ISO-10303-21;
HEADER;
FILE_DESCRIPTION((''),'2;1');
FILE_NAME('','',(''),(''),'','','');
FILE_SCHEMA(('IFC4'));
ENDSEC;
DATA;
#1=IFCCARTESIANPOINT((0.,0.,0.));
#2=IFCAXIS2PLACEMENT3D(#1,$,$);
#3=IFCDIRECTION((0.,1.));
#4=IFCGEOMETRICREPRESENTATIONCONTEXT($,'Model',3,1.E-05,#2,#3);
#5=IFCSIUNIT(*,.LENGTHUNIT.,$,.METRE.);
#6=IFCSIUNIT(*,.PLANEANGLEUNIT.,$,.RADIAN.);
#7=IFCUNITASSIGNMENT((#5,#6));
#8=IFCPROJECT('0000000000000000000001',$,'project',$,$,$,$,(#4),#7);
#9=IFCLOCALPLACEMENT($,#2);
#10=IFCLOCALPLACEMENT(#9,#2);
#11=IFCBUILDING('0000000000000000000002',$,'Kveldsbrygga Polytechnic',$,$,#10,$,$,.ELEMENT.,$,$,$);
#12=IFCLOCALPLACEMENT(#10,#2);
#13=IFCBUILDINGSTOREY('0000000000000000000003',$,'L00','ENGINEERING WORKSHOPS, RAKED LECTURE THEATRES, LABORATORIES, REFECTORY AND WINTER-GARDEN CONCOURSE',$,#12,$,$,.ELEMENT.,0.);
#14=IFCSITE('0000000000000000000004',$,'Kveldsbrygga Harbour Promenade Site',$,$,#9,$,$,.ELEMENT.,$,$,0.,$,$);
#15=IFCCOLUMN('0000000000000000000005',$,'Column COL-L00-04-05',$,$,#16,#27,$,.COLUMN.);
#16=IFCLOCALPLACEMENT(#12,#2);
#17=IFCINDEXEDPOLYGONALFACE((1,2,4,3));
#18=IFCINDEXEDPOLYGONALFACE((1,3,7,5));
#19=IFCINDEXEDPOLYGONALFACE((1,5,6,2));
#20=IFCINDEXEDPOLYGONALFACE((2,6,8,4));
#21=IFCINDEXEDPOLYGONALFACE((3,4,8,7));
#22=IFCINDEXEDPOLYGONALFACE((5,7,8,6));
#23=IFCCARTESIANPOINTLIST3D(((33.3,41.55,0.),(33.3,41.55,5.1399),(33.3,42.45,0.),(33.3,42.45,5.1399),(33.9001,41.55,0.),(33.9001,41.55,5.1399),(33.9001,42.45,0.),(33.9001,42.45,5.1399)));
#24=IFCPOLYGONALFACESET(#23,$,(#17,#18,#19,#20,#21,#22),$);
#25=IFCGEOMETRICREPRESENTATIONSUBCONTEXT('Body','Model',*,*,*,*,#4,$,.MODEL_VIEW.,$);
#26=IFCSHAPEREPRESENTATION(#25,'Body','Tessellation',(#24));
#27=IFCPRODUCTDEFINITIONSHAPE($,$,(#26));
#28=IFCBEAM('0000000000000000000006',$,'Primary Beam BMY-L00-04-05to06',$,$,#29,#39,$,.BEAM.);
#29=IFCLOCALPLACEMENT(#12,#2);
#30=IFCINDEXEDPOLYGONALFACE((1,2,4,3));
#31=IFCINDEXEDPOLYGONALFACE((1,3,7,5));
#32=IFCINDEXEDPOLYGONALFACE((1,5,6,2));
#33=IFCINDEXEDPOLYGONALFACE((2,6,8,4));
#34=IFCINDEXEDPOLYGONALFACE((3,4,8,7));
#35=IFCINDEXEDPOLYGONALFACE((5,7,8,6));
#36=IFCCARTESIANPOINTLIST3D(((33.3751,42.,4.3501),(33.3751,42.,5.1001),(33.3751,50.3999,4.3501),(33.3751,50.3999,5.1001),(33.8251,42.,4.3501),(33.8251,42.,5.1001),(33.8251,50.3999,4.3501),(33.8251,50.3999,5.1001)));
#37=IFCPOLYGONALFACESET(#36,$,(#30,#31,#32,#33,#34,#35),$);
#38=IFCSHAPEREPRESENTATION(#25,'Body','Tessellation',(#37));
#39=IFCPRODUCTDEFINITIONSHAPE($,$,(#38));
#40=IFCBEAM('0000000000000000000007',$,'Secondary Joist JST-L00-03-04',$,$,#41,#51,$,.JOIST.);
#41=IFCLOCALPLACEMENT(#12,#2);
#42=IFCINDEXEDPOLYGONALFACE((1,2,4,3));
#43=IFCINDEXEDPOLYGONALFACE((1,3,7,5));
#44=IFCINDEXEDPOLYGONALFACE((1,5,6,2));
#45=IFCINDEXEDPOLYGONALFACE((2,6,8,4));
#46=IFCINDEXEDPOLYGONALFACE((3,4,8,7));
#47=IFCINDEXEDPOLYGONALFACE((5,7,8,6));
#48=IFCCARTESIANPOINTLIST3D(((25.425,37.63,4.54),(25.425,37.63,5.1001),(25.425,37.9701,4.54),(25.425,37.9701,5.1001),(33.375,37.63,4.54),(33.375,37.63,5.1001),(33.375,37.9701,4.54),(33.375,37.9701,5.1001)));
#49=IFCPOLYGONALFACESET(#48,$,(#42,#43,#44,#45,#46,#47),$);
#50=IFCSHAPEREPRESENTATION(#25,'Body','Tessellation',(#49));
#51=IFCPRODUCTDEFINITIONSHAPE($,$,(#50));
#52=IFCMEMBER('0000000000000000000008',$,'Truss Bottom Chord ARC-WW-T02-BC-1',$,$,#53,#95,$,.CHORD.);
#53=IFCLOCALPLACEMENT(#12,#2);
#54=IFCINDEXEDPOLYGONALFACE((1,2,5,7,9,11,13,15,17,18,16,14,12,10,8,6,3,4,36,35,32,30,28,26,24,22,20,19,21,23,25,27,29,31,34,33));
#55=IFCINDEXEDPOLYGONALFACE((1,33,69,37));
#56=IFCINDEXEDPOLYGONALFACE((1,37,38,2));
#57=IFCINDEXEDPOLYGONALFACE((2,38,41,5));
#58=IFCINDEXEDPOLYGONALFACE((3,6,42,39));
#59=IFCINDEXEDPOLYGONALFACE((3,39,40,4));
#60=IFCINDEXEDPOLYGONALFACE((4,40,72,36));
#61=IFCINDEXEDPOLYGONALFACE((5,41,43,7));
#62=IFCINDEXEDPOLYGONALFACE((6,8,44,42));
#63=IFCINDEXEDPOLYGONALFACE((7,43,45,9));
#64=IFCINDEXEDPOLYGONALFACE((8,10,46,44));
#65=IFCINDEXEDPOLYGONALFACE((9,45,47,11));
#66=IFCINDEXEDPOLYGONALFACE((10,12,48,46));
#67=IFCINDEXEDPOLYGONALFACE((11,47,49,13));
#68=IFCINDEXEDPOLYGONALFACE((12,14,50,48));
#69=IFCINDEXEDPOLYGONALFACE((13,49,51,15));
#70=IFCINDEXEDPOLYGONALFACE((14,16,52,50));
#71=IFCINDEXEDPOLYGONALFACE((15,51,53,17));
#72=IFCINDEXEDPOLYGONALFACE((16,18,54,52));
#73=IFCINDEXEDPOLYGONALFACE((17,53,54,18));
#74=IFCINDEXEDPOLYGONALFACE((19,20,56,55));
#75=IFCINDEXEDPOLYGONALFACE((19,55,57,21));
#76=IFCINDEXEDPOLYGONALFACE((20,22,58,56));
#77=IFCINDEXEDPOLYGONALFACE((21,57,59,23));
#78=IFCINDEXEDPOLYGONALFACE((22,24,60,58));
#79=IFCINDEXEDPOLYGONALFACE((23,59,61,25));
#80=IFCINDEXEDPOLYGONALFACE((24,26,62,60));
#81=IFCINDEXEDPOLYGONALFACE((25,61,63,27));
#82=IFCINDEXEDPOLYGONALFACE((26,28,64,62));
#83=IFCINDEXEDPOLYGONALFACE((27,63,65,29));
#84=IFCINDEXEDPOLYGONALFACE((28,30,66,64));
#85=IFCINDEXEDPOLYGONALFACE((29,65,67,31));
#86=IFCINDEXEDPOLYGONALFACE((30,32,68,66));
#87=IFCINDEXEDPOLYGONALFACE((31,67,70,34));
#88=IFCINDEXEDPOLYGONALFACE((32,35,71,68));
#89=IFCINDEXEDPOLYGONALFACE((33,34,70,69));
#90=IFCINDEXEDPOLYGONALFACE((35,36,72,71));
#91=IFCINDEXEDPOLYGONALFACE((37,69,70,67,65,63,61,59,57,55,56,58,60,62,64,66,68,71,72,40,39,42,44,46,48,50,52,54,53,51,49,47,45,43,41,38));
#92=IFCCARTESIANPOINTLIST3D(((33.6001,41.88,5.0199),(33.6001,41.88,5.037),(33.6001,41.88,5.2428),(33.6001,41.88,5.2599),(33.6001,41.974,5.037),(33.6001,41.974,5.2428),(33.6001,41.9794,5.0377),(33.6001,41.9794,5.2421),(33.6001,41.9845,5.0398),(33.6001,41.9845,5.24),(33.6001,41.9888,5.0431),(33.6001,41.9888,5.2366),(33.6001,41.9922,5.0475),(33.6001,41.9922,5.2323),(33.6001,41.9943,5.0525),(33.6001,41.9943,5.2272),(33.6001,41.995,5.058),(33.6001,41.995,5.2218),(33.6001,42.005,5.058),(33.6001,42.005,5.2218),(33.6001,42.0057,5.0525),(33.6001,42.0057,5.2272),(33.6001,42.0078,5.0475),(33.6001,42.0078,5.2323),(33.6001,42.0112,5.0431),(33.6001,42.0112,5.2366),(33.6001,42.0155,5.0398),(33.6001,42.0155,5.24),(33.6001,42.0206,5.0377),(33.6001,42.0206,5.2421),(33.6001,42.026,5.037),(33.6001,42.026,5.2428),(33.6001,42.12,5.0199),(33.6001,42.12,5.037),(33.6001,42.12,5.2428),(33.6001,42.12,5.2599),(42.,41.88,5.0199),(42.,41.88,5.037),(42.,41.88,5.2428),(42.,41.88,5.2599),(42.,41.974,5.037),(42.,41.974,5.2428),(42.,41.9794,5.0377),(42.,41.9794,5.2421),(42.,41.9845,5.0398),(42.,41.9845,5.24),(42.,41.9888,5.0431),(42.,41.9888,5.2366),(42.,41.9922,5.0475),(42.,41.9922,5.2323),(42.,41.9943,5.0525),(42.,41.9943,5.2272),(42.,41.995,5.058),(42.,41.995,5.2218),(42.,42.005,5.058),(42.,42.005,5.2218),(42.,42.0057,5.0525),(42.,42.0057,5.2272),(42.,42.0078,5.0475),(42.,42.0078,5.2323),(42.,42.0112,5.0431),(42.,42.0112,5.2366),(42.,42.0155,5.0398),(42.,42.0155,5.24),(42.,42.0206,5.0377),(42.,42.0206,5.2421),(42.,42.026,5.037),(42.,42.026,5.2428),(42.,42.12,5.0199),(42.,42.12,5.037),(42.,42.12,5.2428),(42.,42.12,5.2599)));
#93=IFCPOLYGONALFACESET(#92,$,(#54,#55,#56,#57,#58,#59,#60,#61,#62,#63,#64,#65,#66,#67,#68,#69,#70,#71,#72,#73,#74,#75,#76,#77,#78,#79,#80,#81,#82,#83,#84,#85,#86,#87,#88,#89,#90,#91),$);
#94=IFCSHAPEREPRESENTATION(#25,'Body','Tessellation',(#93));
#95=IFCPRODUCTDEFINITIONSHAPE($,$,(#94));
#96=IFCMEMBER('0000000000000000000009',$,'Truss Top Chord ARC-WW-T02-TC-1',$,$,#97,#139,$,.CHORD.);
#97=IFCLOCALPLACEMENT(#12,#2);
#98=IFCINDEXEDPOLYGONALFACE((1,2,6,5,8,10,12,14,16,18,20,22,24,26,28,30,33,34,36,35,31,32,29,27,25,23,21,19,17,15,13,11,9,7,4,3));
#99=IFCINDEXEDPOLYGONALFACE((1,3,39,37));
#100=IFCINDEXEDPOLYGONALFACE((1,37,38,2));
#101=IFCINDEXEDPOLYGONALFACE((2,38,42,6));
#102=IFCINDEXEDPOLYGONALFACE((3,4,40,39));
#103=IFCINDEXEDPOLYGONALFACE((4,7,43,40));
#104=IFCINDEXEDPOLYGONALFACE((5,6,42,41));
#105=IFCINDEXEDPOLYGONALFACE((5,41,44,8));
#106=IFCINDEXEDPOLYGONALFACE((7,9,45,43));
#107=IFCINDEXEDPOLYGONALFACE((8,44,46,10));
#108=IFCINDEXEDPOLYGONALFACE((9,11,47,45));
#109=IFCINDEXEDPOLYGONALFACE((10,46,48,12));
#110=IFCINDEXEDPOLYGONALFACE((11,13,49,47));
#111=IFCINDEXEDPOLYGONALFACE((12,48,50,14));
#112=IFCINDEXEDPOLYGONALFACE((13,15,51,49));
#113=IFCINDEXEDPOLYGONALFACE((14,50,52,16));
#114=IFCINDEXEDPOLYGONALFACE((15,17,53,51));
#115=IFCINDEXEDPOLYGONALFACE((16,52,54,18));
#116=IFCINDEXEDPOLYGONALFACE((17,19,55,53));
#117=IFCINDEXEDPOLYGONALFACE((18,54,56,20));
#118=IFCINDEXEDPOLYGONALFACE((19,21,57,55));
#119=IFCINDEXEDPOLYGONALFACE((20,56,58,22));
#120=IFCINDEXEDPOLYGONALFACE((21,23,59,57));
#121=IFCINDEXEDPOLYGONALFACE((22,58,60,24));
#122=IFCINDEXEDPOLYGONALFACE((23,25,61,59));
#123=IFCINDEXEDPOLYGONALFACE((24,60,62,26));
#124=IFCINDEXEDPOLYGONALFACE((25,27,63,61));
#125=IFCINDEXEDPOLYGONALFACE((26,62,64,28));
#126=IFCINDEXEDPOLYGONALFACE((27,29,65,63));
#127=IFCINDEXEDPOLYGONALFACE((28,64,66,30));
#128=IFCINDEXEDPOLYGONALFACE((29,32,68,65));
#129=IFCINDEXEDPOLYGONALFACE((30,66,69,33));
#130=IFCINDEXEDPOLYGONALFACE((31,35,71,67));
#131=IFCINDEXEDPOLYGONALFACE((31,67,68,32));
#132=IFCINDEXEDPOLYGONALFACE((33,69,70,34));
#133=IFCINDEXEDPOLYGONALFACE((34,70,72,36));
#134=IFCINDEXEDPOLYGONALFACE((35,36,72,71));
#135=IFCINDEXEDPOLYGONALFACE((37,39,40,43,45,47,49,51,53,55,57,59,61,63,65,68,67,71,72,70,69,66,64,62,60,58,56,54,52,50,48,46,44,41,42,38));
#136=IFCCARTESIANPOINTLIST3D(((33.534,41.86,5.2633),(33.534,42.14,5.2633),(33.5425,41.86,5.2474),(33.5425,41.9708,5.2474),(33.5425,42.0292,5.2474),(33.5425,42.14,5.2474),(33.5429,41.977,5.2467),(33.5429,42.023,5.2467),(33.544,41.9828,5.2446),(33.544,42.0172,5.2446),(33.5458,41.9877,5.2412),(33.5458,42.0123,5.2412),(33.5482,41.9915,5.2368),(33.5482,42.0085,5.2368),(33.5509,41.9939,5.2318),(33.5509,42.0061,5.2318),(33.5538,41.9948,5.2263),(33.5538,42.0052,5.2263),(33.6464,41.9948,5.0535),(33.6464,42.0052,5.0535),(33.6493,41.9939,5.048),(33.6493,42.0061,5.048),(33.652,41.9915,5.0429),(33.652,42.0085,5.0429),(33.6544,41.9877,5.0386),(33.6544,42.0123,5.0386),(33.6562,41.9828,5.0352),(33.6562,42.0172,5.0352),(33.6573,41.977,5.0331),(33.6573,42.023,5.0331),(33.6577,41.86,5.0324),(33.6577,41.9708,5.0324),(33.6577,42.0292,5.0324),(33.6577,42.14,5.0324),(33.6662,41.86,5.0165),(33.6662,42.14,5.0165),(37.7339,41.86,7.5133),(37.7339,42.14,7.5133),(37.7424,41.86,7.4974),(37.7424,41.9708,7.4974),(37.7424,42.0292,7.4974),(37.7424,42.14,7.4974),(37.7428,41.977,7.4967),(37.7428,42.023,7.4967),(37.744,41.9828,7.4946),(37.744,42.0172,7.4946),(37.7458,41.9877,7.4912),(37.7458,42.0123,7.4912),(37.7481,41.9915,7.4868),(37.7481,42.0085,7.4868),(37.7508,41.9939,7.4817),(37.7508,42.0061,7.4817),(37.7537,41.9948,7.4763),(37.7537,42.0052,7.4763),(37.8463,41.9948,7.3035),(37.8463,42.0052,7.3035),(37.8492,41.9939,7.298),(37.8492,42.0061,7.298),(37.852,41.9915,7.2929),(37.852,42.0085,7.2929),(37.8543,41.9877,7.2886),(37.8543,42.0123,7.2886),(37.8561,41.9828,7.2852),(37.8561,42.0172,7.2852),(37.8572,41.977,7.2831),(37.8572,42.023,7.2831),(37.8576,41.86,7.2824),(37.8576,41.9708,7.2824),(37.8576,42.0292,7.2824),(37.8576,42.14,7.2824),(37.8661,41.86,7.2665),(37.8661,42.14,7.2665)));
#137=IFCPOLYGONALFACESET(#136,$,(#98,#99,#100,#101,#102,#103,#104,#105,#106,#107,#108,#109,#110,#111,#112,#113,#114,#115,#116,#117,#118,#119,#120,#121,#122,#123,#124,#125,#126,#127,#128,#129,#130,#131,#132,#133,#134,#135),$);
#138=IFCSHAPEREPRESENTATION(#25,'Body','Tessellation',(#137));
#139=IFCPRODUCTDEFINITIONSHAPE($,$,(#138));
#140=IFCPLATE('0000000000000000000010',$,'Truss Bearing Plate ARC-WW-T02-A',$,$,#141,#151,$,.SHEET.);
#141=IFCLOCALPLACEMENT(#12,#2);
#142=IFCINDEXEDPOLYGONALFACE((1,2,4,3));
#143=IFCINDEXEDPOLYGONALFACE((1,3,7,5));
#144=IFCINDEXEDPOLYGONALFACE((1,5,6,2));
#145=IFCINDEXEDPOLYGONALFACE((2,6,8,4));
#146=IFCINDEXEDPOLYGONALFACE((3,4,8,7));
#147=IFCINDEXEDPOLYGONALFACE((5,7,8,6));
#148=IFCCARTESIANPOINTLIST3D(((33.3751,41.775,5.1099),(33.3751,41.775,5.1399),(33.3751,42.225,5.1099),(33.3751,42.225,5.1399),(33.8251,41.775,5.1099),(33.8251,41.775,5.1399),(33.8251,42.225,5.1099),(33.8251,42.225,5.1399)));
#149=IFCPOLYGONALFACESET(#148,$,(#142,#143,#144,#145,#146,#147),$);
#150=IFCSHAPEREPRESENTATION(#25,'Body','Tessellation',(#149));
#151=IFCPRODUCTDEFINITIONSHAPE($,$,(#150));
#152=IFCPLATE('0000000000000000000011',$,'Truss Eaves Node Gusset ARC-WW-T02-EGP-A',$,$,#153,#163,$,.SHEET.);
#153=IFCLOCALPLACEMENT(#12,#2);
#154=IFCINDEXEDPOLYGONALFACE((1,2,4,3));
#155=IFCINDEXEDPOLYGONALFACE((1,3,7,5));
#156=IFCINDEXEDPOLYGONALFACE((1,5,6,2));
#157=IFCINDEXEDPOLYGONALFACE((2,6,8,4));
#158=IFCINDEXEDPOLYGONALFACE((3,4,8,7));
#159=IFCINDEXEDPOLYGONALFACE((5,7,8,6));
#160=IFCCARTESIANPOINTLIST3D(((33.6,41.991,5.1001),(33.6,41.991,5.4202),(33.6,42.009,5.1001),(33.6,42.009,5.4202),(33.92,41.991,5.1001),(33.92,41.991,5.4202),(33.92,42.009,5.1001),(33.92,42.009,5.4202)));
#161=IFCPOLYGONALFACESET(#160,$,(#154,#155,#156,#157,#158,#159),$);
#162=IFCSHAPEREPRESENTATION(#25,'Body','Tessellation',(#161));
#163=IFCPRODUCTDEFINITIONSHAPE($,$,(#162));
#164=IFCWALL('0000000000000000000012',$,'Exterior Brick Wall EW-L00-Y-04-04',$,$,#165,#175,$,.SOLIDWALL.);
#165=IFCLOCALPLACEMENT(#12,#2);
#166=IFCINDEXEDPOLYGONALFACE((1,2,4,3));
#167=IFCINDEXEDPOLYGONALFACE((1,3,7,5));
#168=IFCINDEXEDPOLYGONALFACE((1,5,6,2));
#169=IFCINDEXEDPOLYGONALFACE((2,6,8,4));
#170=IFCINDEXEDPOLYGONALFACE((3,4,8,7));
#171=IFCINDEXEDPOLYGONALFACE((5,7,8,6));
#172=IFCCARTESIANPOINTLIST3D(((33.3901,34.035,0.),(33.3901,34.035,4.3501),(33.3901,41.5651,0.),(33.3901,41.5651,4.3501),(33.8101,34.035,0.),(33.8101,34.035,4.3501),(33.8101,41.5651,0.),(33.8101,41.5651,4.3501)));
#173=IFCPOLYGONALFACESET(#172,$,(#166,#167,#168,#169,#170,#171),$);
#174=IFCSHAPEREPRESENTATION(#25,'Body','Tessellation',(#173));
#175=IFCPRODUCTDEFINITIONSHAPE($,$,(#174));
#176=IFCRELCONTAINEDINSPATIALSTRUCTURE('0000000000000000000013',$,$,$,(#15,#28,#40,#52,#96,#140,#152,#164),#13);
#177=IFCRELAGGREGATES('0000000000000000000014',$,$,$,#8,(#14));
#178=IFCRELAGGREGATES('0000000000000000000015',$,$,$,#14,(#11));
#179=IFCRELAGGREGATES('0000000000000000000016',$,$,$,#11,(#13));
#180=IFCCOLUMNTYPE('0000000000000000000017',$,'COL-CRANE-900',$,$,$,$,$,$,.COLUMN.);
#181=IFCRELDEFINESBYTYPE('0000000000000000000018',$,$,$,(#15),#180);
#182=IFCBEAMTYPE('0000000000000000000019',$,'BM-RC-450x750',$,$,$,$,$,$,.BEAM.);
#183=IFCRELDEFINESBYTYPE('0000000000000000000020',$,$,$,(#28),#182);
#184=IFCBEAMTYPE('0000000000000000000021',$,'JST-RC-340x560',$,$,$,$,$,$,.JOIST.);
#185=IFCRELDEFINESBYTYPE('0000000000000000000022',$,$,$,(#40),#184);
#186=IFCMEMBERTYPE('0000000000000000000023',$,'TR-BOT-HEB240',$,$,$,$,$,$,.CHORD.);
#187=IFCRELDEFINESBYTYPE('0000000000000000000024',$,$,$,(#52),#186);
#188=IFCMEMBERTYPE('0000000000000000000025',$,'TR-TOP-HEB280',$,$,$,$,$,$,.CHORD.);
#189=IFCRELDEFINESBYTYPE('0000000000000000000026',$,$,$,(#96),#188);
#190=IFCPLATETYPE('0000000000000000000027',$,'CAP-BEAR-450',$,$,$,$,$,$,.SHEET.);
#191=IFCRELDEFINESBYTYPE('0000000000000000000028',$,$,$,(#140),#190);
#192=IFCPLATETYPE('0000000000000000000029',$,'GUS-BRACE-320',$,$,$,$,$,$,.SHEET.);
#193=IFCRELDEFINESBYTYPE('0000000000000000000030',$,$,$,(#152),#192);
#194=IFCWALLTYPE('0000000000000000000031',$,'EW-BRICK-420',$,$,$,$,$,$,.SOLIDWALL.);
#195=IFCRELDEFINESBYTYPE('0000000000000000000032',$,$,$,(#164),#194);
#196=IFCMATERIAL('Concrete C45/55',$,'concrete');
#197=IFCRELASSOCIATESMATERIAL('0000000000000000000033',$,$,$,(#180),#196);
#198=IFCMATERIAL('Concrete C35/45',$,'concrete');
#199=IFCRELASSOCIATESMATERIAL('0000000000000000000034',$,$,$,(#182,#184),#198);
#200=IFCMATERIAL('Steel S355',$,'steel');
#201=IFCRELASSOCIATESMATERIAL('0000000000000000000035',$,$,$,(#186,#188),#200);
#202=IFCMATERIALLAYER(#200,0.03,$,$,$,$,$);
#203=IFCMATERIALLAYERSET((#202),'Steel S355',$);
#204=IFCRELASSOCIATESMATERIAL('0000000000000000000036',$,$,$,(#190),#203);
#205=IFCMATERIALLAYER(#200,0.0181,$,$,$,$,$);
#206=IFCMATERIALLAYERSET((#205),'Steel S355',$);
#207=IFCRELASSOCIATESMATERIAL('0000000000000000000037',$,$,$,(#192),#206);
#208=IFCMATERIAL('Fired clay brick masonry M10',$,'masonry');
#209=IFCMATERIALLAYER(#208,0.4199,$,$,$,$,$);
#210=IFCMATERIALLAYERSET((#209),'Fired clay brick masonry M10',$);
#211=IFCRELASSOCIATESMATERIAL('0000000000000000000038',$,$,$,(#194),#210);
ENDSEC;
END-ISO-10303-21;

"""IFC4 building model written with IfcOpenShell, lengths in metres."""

from ifc_helpers import new_model, si_unit, direction, frame, frame_2d, origin, origin_2d, place, context, subcontext, project, spatial, rectangle, i_section, extrude, material, layer, layer_set, material_profile, profile_set, type_object, element, save


model = new_model("IFC4")

# Units and contexts
model_context = context("Model", 3, precision=1e-05, world=origin(), true_north=direction((0.0, 1.0)))
body_context = subcontext(model_context, "Body", "Model", "MODEL_VIEW")
ifc_project = project(units=[si_unit("LENGTHUNIT", "METRE"), si_unit("PLANEANGLEUNIT", "RADIAN")], contexts=[model_context])

# Site, building, storey
site_placement = place(None, origin())
site = spatial("IfcSite", under=ifc_project, at=site_placement, Name="Kveldsbrygga Harbour Promenade Site", CompositionType="ELEMENT", RefElevation=0.0)
building_placement = place(site_placement, origin())
building = spatial("IfcBuilding", under=site, at=building_placement, Name="Kveldsbrygga Polytechnic", CompositionType="ELEMENT")
storey_placement = place(building_placement, origin())
storey = spatial("IfcBuildingStorey", under=building, at=storey_placement, Name="L00", Description="ENGINEERING WORKSHOPS, RAKED LECTURE THEATRES, LABORATORIES, REFECTORY AND WINTER-GARDEN CONCOURSE", CompositionType="ELEMENT", Elevation=0.0)

# Column
ifc_material_1 = material(Name="Concrete C45/55", Category="concrete")
ifc_material_profile_1 = material_profile(ifc_material_1, rectangle(XDim=0.6001, YDim=0.8999, at=origin_2d()), Name="RC 600x900")
ifc_profile_set_1 = profile_set([ifc_material_profile_1], Name="Concrete C45/55")
column_type = type_object("IfcColumnType", Name="COL-CRANE-900", PredefinedType="COLUMN", material=ifc_profile_set_1)
column_placement = place(storey_placement, frame((33.6001, 42.0, 0.0), z_axis=(0.0, 0.0, 1.0), x_axis=(1.0, 0.0, 0.0)))
element("IfcColumn", 1, at=column_placement, inside=storey, type_object=column_type, Name="Column COL-L00-04-05", PredefinedType="COLUMN", context=body_context, shape_type="SweptSolid", body=[
    extrude(rectangle(XDim=0.6001, YDim=0.8999, at=origin_2d()), origin(), (0.0, 0.0, 1.0), 5.1399),
])

# Beams
ifc_material_2 = material(Name="Concrete C35/45", Category="concrete")
ifc_material_profile_2 = material_profile(ifc_material_2, rectangle(XDim=0.45, YDim=0.75, at=origin_2d()), Name="RC 450x750")
ifc_profile_set_2 = profile_set([ifc_material_profile_2], Name="Concrete C35/45")
beam_type_1 = type_object("IfcBeamType", Name="BM-RC-450x750", PredefinedType="BEAM", material=ifc_profile_set_2)
beam_1_placement = place(storey_placement, frame((33.6001, 42.0, 4.7251), z_axis=(0.0, 1.0, 0.0), x_axis=(-1.0, 0.0, 0.0)))
element("IfcBeam", 2, at=beam_1_placement, inside=storey, type_object=beam_type_1, Name="Primary Beam BMY-L00-04-05to06", PredefinedType="BEAM", context=body_context, shape_type="SweptSolid", body=[
    extrude(rectangle(XDim=0.45, YDim=0.75, at=origin_2d()), origin(), (0.0, 0.0, 1.0), 8.3999),
])
ifc_material_profile_3 = material_profile(ifc_material_2, rectangle(XDim=0.3401, YDim=0.5601, at=origin_2d()), Name="RC 340x560")
ifc_profile_set_3 = profile_set([ifc_material_profile_3], Name="Concrete C35/45")
beam_type_2 = type_object("IfcBeamType", Name="JST-RC-340x560", PredefinedType="JOIST", material=ifc_profile_set_3)
beam_2_placement = place(storey_placement, frame((25.425, 37.8, 4.8201), z_axis=(1.0, 0.0, 0.0), x_axis=(0.0, 1.0, 0.0)))
element("IfcBeam", 3, at=beam_2_placement, inside=storey, type_object=beam_type_2, Name="Secondary Joist JST-L00-03-04", PredefinedType="JOIST", context=body_context, shape_type="SweptSolid", body=[
    extrude(rectangle(XDim=0.3401, YDim=0.5601, at=origin_2d()), origin(), (0.0, 0.0, 1.0), 7.95),
])

# Members
ifc_material_3 = material(Name="Steel S355", Category="steel")
ifc_material_profile_4 = material_profile(ifc_material_3, i_section(OverallWidth=0.24, OverallDepth=0.24, WebThickness=0.01, FlangeThickness=0.0171, FilletRadius=0.021, at=origin_2d()), Name="HEB 240")
ifc_profile_set_4 = profile_set([ifc_material_profile_4], Name="Steel S355")
member_type_1 = type_object("IfcMemberType", Name="TR-BOT-HEB240", PredefinedType="CHORD", material=ifc_profile_set_4)
member_1_placement = place(storey_placement, frame((33.6001, 42.0, 5.1399), z_axis=(1.0, 0.0, 0.0), x_axis=(0.0, 1.0, 0.0)))
element("IfcMember", 4, at=member_1_placement, inside=storey, type_object=member_type_1, Name="Truss Bottom Chord ARC-WW-T02-BC-1", PredefinedType="CHORD", context=body_context, shape_type="SweptSolid", body=[
    extrude(i_section(OverallWidth=0.24, OverallDepth=0.24, WebThickness=0.01, FlangeThickness=0.0171, FilletRadius=0.021, at=origin_2d()), origin(), (0.0, 0.0, 1.0), 8.3999),
])
ifc_material_profile_5 = material_profile(ifc_material_3, i_section(OverallWidth=0.28, OverallDepth=0.28, WebThickness=0.0105, FlangeThickness=0.0181, FilletRadius=0.0239, at=origin_2d()), Name="HEB 280")
ifc_profile_set_5 = profile_set([ifc_material_profile_5], Name="Steel S355")
member_type_2 = type_object("IfcMemberType", Name="TR-TOP-HEB280", PredefinedType="CHORD", material=ifc_profile_set_5)
member_2_placement = place(storey_placement, frame((33.6001, 42.0, 5.1399), z_axis=(0.881478, 0.0, 0.472226), x_axis=(0.0, 1.0, 0.0)))
element("IfcMember", 5, at=member_2_placement, inside=storey, type_object=member_type_2, Name="Truss Top Chord ARC-WW-T02-TC-1", PredefinedType="CHORD", context=body_context, shape_type="SweptSolid", body=[
    extrude(i_section(OverallWidth=0.28, OverallDepth=0.28, WebThickness=0.0105, FlangeThickness=0.0181, FilletRadius=0.0239, at=origin_2d()), origin(), (0.0, 0.0, 1.0), 4.7646),
])

# Plates
ifc_layer_1 = layer(ifc_material_3, 0.03)
ifc_layer_set_1 = layer_set([ifc_layer_1], Name="Steel S355")
plate_type_1 = type_object("IfcPlateType", Name="CAP-BEAR-450", PredefinedType="SHEET", material=ifc_layer_set_1)
plate_1_placement = place(storey_placement, frame((33.6001, 42.0, 5.1099), z_axis=(0.0, 0.0, 1.0), x_axis=(1.0, 0.0, 0.0)))
element("IfcPlate", 6, at=plate_1_placement, inside=storey, type_object=plate_type_1, Name="Truss Bearing Plate ARC-WW-T02-A", PredefinedType="SHEET", context=body_context, shape_type="SweptSolid", body=[
    extrude(rectangle(XDim=0.45, YDim=0.45, at=origin_2d()), origin(), (0.0, 0.0, 1.0), 0.03),
])
ifc_layer_2 = layer(ifc_material_3, 0.0181)
ifc_layer_set_2 = layer_set([ifc_layer_2], Name="Steel S355")
plate_type_2 = type_object("IfcPlateType", Name="GUS-BRACE-320", PredefinedType="SHEET", material=ifc_layer_set_2)
plate_2_placement = place(storey_placement, frame((33.76, 42.0, 5.1001), z_axis=(0.0, 0.0, 1.0), x_axis=(1.0, 0.0, 0.0)))
element("IfcPlate", 7, at=plate_2_placement, inside=storey, type_object=plate_type_2, Name="Truss Eaves Node Gusset ARC-WW-T02-EGP-A", PredefinedType="SHEET", context=body_context, shape_type="SweptSolid", body=[
    extrude(rectangle(XDim=0.3201, YDim=0.0181, at=origin_2d()), origin(), (0.0, 0.0, 1.0), 0.3201),
])

# Wall
ifc_material_4 = material(Name="Fired clay brick masonry M10", Category="masonry")
ifc_layer_3 = layer(ifc_material_4, 0.4199)
ifc_layer_set_3 = layer_set([ifc_layer_3], Name="Fired clay brick masonry M10")
wall_type_1 = type_object("IfcWallType", Name="EW-BRICK-420", PredefinedType="SOLIDWALL", material=ifc_layer_set_3)
wall_1_placement = place(storey_placement, frame((33.6001, 34.0349, 0.0), z_axis=(0.0, 0.0, 1.0), x_axis=(0.0, 1.0, 0.0)))
element("IfcWall", 8, at=wall_1_placement, inside=storey, type_object=wall_type_1, Name="Exterior Brick Wall EW-L00-Y-04-04", PredefinedType="SOLIDWALL", context=body_context, shape_type="SweptSolid", body=[
    extrude(rectangle(XDim=7.53, YDim=0.4199, at=frame_2d((3.7651, 0.0))), origin(), (0.0, 0.0, 1.0), 4.3501),
])

save(model, "model.ifc")
